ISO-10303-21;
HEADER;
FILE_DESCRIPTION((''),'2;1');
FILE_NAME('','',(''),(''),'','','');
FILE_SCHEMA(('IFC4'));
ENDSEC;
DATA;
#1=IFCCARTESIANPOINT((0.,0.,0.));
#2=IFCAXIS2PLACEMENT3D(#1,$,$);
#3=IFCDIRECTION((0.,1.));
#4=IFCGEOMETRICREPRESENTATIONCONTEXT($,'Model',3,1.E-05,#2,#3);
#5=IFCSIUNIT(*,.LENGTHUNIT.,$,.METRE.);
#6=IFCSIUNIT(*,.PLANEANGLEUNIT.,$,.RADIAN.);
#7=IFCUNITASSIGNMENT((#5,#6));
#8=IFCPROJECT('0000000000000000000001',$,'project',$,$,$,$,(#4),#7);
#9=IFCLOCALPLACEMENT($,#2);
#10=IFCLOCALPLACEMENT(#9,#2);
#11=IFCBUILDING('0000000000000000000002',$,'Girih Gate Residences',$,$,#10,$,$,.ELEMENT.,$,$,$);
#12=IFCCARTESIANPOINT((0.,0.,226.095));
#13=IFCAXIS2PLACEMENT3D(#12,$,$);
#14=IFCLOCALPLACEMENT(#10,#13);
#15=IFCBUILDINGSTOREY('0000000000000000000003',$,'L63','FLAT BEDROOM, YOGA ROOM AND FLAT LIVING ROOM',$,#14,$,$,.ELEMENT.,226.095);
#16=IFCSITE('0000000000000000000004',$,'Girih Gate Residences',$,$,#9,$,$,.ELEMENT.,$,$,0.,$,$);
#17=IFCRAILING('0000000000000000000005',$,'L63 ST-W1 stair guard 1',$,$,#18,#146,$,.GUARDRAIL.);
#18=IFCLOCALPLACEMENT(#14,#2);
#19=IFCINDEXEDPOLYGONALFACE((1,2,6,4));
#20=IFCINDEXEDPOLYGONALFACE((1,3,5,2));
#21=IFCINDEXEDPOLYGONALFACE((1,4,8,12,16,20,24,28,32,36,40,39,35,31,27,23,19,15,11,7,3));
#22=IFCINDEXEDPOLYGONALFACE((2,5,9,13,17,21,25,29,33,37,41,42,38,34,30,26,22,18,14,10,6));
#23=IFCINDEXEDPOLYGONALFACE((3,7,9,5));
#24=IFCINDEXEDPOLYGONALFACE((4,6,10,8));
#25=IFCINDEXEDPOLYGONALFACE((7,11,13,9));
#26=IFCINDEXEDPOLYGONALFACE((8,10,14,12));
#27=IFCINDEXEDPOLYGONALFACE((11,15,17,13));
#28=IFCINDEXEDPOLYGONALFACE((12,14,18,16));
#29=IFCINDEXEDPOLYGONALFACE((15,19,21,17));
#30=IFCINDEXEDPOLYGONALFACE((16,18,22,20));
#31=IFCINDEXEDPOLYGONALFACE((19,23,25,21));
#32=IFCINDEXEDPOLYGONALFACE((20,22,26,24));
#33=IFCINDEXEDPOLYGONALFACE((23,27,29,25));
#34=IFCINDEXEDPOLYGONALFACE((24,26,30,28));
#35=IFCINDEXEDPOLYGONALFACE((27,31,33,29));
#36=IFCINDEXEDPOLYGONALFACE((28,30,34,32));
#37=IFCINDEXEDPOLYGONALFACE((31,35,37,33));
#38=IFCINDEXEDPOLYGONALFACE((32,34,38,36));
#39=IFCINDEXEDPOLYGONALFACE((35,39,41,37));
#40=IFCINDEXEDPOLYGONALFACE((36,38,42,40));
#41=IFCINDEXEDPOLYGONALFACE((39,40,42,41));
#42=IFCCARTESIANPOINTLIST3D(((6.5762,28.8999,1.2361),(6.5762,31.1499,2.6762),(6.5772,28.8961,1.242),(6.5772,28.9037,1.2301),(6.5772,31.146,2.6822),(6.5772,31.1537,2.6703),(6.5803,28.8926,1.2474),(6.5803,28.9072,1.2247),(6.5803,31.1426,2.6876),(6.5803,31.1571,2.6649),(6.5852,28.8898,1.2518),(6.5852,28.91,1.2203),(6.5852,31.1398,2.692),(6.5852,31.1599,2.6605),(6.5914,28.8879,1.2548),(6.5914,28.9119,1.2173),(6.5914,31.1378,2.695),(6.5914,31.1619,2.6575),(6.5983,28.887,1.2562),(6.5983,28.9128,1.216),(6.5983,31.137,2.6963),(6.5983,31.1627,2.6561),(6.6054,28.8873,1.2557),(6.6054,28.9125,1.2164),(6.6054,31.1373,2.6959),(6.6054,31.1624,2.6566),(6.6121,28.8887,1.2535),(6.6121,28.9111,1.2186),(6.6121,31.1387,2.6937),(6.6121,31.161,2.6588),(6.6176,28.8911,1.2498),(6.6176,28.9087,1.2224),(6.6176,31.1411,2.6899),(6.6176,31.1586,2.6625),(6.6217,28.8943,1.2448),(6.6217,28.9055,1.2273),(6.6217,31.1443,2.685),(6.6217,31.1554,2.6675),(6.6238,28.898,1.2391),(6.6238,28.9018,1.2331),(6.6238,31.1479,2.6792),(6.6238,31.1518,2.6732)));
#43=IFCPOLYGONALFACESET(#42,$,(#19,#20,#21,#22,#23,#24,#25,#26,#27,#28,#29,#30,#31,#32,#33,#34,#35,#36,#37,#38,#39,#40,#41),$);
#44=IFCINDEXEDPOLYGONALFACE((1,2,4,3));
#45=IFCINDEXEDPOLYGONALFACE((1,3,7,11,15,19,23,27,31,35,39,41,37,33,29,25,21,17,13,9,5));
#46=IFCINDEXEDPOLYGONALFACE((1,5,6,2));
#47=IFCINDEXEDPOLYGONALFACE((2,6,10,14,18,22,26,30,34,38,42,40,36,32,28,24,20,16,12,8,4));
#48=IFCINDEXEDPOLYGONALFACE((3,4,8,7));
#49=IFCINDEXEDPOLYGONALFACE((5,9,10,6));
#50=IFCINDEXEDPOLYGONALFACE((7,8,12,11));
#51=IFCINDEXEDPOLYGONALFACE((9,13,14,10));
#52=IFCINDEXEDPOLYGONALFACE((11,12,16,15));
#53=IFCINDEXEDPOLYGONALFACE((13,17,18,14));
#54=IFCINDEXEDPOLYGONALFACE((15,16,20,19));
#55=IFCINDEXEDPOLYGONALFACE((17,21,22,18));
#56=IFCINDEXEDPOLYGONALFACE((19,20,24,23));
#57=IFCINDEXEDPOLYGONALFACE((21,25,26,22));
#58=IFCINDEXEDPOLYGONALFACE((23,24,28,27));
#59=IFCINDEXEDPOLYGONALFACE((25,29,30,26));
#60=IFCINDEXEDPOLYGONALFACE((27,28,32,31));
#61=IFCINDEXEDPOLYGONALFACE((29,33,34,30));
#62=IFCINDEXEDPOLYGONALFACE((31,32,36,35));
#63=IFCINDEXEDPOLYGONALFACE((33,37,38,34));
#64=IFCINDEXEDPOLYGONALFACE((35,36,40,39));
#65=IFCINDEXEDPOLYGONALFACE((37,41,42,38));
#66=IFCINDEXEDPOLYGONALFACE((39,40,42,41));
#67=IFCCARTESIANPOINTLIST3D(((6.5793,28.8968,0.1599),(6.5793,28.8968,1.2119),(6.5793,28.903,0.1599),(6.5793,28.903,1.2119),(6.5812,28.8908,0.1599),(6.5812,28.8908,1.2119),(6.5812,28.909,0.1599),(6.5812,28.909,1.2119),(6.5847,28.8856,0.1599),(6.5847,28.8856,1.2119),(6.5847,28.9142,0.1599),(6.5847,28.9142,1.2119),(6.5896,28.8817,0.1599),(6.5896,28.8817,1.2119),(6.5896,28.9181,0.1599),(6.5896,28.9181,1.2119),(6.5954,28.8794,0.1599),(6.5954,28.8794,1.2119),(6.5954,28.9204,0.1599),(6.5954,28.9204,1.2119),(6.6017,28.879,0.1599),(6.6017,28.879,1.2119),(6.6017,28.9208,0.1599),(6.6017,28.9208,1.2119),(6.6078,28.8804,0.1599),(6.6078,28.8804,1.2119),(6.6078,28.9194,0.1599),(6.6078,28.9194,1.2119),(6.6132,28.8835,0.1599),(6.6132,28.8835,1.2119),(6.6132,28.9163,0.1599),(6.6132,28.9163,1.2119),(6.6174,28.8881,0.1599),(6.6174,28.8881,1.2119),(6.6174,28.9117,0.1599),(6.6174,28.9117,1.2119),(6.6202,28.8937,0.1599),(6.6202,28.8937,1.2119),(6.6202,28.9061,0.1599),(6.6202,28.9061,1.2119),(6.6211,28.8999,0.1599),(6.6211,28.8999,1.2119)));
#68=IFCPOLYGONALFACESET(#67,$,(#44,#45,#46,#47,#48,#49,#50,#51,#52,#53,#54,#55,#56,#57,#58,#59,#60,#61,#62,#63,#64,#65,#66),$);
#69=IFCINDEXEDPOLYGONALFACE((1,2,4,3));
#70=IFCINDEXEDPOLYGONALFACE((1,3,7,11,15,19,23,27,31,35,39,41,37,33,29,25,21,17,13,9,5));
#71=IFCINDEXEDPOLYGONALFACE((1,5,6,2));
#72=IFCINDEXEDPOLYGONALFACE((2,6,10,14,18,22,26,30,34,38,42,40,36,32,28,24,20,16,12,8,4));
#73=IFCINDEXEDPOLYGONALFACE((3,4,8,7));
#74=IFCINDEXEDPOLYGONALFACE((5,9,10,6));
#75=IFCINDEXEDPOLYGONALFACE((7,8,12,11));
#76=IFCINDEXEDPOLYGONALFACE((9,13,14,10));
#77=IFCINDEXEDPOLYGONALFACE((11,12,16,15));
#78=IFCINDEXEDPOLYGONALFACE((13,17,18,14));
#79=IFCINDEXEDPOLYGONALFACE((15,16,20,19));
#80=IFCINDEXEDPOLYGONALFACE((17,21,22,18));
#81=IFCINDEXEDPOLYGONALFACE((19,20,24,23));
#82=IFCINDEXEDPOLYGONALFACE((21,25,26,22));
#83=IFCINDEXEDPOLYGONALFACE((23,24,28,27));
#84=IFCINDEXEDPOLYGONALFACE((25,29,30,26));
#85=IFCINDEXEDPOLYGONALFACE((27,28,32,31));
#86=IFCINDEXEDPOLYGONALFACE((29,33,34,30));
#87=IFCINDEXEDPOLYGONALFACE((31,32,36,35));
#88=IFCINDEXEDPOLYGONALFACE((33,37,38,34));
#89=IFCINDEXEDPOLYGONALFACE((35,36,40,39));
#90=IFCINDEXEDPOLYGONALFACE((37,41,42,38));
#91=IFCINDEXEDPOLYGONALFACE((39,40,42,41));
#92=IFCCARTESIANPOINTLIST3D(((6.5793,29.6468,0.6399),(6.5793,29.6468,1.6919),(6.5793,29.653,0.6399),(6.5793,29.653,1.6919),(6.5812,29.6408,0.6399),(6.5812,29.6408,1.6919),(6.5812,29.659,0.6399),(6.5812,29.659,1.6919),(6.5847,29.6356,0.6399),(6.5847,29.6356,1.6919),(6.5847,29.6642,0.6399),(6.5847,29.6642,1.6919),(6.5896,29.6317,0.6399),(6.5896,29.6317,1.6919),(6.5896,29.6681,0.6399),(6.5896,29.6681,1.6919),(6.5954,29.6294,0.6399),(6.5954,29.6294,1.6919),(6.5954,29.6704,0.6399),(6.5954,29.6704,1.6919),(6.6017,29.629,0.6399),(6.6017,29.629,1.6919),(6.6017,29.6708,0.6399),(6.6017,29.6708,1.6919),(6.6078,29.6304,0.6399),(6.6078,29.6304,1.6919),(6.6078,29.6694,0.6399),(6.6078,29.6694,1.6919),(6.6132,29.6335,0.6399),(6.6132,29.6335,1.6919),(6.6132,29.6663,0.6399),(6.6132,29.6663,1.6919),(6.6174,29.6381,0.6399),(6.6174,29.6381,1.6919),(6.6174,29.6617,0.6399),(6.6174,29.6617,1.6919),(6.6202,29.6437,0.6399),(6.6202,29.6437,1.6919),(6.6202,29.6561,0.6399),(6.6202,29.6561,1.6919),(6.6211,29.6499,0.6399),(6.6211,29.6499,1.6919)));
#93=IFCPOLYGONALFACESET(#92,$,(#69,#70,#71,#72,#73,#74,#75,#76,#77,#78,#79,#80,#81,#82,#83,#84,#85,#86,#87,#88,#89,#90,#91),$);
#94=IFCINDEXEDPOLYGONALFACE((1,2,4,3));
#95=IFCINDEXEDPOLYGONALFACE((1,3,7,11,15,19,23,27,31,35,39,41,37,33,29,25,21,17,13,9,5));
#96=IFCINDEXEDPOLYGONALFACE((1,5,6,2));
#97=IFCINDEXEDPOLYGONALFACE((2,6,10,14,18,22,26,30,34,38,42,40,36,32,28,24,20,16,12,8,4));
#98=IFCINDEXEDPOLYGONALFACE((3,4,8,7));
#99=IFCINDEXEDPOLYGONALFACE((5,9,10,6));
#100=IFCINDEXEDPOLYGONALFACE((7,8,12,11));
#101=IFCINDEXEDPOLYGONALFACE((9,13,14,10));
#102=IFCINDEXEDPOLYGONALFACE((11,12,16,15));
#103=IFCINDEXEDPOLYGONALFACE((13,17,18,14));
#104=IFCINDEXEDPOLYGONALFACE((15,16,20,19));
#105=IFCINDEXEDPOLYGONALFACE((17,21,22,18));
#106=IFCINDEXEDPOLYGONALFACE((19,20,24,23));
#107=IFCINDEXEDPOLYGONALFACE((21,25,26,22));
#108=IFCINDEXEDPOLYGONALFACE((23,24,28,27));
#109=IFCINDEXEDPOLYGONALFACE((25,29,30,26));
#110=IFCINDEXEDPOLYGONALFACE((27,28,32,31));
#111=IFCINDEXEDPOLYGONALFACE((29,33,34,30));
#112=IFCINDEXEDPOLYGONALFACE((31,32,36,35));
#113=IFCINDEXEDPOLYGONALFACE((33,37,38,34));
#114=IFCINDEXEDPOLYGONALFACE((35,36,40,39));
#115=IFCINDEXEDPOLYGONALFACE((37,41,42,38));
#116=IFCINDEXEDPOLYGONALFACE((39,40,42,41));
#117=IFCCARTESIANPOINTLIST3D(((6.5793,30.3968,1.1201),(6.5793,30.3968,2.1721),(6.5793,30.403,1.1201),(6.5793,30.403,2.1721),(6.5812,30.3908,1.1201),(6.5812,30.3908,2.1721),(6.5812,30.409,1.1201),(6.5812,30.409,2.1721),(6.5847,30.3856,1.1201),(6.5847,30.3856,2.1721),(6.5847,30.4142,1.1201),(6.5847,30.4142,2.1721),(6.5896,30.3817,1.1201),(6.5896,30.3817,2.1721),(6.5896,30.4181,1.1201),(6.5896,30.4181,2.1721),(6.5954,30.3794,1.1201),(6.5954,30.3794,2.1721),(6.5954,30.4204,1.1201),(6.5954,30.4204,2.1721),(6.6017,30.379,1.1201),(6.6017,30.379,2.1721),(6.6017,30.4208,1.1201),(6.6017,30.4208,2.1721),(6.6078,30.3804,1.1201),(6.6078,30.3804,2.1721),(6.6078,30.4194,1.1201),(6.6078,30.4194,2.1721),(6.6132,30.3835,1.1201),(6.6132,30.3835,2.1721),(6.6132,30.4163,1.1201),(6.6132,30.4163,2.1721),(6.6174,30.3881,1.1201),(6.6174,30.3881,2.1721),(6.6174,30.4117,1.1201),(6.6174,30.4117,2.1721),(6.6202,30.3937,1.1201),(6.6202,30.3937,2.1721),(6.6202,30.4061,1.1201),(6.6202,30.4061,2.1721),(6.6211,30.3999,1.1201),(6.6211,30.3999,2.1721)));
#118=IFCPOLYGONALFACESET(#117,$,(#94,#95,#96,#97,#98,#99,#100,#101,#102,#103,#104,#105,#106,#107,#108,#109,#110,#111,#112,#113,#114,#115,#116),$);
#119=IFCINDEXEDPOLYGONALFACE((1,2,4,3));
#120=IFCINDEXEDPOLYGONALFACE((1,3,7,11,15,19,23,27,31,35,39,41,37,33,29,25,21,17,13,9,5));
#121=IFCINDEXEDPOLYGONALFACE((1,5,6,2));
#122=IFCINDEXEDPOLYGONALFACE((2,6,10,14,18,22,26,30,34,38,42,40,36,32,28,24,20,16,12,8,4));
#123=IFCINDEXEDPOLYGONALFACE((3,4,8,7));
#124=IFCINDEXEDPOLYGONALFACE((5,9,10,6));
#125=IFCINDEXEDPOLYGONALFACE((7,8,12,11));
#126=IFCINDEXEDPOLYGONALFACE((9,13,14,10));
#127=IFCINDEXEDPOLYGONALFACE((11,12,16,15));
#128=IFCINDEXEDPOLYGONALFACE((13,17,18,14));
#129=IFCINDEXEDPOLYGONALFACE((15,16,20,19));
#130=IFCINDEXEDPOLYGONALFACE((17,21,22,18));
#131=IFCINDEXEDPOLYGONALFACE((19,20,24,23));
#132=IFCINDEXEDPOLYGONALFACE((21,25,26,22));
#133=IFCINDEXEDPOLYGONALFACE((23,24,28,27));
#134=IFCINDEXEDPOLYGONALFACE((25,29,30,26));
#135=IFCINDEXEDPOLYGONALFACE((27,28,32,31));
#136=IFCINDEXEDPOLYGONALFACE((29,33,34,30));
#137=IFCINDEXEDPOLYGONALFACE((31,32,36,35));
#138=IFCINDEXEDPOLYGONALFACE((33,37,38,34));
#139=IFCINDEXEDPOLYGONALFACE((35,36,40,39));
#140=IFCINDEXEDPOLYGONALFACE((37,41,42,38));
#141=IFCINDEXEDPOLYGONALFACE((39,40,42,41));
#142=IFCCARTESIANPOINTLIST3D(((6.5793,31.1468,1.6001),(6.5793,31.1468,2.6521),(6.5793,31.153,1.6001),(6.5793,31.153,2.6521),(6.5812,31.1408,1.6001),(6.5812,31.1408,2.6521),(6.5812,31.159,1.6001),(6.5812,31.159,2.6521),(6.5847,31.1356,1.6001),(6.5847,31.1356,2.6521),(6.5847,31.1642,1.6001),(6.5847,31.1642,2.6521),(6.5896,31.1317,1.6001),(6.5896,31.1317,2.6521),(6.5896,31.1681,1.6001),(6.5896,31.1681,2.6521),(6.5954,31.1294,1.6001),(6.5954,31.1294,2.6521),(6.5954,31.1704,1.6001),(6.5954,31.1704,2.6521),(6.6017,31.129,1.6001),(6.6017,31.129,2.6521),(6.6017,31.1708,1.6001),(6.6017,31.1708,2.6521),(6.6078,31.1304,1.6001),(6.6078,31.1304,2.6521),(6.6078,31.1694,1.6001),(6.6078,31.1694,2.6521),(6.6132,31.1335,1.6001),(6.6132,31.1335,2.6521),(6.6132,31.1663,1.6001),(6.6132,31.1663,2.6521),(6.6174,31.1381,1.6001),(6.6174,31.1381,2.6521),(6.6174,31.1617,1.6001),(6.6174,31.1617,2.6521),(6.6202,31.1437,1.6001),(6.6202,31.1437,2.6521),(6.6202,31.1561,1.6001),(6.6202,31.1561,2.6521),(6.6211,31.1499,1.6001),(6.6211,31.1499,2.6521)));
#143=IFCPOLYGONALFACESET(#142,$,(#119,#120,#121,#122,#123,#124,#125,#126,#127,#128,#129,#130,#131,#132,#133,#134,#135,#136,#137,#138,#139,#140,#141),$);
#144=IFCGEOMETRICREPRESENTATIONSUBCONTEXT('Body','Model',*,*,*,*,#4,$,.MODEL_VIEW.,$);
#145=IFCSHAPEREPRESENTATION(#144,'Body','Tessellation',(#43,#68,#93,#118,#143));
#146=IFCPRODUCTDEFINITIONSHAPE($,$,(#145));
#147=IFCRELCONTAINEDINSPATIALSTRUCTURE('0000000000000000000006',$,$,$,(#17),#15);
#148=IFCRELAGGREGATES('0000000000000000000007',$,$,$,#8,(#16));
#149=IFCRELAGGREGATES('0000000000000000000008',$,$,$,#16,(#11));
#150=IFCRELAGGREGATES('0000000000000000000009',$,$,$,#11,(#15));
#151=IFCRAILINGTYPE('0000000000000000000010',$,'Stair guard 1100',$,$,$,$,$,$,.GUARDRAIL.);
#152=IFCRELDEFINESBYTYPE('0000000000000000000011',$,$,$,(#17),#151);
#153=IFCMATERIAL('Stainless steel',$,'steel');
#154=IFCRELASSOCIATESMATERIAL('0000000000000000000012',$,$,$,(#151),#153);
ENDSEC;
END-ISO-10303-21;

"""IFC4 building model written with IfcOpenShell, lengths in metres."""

from ifc_helpers import new_model, si_unit, direction, frame, origin, origin_2d, place, context, subcontext, project, spatial, circle, extrude, material, type_object, element, save


model = new_model("IFC4")

# Units and contexts
model_context = context("Model", 3, precision=1e-05, world=origin(), true_north=direction((0.0, 1.0)))
body_context = subcontext(model_context, "Body", "Model", "MODEL_VIEW")
ifc_project = project(units=[si_unit("LENGTHUNIT", "METRE"), si_unit("PLANEANGLEUNIT", "RADIAN")], contexts=[model_context])

# Site, building, storey
site_placement = place(None, origin())
site = spatial("IfcSite", under=ifc_project, at=site_placement, Name="Girih Gate Residences", CompositionType="ELEMENT", RefElevation=0.0)
building_placement = place(site_placement, origin())
building = spatial("IfcBuilding", under=site, at=building_placement, Name="Girih Gate Residences", CompositionType="ELEMENT")
storey_placement = place(building_placement, frame((0.0, 0.0, 226.095)))
storey = spatial("IfcBuildingStorey", under=building, at=storey_placement, Name="L63", Description="FLAT BEDROOM, YOGA ROOM AND FLAT LIVING ROOM", CompositionType="ELEMENT", Elevation=226.095)

# Shared definitions
ifc_material_1 = material(Name="Stainless steel", Category="steel")

# Railing
railing_type_1 = type_object("IfcRailingType", Name="Stair guard 1100", PredefinedType="GUARDRAIL", material=ifc_material_1)
railing_1_placement = place(storey_placement, frame((6.6001, 28.8999, 0.1599)))
element("IfcRailing", 1, at=railing_1_placement, inside=storey, type_object=railing_type_1, Name="L63 ST-W1 stair guard 1", PredefinedType="GUARDRAIL", context=body_context, shape_type="SweptSolid", body=[
    extrude(circle(Radius=0.0239, at=origin_2d()), frame((0.0, 0.0, 1.0762), z_axis=(0.0, 0.84224, 0.539103), x_axis=(-1.0, 0.0, 0.0)), (0.0, 0.0, 1.0), 2.6714),
    extrude(circle(Radius=0.021, at=origin_2d()), origin(), (0.0, 0.0, 1.0), 1.052),
    extrude(circle(Radius=0.021, at=origin_2d()), frame((0.0, 0.75, 0.48)), (0.0, 0.0, 1.0), 1.052),
    extrude(circle(Radius=0.021, at=origin_2d()), frame((0.0, 1.5, 0.9602)), (0.0, 0.0, 1.0), 1.052),
    extrude(circle(Radius=0.021, at=origin_2d()), frame((0.0, 2.25, 1.4402)), (0.0, 0.0, 1.0), 1.052),
])

save(model, "model.ifc")
